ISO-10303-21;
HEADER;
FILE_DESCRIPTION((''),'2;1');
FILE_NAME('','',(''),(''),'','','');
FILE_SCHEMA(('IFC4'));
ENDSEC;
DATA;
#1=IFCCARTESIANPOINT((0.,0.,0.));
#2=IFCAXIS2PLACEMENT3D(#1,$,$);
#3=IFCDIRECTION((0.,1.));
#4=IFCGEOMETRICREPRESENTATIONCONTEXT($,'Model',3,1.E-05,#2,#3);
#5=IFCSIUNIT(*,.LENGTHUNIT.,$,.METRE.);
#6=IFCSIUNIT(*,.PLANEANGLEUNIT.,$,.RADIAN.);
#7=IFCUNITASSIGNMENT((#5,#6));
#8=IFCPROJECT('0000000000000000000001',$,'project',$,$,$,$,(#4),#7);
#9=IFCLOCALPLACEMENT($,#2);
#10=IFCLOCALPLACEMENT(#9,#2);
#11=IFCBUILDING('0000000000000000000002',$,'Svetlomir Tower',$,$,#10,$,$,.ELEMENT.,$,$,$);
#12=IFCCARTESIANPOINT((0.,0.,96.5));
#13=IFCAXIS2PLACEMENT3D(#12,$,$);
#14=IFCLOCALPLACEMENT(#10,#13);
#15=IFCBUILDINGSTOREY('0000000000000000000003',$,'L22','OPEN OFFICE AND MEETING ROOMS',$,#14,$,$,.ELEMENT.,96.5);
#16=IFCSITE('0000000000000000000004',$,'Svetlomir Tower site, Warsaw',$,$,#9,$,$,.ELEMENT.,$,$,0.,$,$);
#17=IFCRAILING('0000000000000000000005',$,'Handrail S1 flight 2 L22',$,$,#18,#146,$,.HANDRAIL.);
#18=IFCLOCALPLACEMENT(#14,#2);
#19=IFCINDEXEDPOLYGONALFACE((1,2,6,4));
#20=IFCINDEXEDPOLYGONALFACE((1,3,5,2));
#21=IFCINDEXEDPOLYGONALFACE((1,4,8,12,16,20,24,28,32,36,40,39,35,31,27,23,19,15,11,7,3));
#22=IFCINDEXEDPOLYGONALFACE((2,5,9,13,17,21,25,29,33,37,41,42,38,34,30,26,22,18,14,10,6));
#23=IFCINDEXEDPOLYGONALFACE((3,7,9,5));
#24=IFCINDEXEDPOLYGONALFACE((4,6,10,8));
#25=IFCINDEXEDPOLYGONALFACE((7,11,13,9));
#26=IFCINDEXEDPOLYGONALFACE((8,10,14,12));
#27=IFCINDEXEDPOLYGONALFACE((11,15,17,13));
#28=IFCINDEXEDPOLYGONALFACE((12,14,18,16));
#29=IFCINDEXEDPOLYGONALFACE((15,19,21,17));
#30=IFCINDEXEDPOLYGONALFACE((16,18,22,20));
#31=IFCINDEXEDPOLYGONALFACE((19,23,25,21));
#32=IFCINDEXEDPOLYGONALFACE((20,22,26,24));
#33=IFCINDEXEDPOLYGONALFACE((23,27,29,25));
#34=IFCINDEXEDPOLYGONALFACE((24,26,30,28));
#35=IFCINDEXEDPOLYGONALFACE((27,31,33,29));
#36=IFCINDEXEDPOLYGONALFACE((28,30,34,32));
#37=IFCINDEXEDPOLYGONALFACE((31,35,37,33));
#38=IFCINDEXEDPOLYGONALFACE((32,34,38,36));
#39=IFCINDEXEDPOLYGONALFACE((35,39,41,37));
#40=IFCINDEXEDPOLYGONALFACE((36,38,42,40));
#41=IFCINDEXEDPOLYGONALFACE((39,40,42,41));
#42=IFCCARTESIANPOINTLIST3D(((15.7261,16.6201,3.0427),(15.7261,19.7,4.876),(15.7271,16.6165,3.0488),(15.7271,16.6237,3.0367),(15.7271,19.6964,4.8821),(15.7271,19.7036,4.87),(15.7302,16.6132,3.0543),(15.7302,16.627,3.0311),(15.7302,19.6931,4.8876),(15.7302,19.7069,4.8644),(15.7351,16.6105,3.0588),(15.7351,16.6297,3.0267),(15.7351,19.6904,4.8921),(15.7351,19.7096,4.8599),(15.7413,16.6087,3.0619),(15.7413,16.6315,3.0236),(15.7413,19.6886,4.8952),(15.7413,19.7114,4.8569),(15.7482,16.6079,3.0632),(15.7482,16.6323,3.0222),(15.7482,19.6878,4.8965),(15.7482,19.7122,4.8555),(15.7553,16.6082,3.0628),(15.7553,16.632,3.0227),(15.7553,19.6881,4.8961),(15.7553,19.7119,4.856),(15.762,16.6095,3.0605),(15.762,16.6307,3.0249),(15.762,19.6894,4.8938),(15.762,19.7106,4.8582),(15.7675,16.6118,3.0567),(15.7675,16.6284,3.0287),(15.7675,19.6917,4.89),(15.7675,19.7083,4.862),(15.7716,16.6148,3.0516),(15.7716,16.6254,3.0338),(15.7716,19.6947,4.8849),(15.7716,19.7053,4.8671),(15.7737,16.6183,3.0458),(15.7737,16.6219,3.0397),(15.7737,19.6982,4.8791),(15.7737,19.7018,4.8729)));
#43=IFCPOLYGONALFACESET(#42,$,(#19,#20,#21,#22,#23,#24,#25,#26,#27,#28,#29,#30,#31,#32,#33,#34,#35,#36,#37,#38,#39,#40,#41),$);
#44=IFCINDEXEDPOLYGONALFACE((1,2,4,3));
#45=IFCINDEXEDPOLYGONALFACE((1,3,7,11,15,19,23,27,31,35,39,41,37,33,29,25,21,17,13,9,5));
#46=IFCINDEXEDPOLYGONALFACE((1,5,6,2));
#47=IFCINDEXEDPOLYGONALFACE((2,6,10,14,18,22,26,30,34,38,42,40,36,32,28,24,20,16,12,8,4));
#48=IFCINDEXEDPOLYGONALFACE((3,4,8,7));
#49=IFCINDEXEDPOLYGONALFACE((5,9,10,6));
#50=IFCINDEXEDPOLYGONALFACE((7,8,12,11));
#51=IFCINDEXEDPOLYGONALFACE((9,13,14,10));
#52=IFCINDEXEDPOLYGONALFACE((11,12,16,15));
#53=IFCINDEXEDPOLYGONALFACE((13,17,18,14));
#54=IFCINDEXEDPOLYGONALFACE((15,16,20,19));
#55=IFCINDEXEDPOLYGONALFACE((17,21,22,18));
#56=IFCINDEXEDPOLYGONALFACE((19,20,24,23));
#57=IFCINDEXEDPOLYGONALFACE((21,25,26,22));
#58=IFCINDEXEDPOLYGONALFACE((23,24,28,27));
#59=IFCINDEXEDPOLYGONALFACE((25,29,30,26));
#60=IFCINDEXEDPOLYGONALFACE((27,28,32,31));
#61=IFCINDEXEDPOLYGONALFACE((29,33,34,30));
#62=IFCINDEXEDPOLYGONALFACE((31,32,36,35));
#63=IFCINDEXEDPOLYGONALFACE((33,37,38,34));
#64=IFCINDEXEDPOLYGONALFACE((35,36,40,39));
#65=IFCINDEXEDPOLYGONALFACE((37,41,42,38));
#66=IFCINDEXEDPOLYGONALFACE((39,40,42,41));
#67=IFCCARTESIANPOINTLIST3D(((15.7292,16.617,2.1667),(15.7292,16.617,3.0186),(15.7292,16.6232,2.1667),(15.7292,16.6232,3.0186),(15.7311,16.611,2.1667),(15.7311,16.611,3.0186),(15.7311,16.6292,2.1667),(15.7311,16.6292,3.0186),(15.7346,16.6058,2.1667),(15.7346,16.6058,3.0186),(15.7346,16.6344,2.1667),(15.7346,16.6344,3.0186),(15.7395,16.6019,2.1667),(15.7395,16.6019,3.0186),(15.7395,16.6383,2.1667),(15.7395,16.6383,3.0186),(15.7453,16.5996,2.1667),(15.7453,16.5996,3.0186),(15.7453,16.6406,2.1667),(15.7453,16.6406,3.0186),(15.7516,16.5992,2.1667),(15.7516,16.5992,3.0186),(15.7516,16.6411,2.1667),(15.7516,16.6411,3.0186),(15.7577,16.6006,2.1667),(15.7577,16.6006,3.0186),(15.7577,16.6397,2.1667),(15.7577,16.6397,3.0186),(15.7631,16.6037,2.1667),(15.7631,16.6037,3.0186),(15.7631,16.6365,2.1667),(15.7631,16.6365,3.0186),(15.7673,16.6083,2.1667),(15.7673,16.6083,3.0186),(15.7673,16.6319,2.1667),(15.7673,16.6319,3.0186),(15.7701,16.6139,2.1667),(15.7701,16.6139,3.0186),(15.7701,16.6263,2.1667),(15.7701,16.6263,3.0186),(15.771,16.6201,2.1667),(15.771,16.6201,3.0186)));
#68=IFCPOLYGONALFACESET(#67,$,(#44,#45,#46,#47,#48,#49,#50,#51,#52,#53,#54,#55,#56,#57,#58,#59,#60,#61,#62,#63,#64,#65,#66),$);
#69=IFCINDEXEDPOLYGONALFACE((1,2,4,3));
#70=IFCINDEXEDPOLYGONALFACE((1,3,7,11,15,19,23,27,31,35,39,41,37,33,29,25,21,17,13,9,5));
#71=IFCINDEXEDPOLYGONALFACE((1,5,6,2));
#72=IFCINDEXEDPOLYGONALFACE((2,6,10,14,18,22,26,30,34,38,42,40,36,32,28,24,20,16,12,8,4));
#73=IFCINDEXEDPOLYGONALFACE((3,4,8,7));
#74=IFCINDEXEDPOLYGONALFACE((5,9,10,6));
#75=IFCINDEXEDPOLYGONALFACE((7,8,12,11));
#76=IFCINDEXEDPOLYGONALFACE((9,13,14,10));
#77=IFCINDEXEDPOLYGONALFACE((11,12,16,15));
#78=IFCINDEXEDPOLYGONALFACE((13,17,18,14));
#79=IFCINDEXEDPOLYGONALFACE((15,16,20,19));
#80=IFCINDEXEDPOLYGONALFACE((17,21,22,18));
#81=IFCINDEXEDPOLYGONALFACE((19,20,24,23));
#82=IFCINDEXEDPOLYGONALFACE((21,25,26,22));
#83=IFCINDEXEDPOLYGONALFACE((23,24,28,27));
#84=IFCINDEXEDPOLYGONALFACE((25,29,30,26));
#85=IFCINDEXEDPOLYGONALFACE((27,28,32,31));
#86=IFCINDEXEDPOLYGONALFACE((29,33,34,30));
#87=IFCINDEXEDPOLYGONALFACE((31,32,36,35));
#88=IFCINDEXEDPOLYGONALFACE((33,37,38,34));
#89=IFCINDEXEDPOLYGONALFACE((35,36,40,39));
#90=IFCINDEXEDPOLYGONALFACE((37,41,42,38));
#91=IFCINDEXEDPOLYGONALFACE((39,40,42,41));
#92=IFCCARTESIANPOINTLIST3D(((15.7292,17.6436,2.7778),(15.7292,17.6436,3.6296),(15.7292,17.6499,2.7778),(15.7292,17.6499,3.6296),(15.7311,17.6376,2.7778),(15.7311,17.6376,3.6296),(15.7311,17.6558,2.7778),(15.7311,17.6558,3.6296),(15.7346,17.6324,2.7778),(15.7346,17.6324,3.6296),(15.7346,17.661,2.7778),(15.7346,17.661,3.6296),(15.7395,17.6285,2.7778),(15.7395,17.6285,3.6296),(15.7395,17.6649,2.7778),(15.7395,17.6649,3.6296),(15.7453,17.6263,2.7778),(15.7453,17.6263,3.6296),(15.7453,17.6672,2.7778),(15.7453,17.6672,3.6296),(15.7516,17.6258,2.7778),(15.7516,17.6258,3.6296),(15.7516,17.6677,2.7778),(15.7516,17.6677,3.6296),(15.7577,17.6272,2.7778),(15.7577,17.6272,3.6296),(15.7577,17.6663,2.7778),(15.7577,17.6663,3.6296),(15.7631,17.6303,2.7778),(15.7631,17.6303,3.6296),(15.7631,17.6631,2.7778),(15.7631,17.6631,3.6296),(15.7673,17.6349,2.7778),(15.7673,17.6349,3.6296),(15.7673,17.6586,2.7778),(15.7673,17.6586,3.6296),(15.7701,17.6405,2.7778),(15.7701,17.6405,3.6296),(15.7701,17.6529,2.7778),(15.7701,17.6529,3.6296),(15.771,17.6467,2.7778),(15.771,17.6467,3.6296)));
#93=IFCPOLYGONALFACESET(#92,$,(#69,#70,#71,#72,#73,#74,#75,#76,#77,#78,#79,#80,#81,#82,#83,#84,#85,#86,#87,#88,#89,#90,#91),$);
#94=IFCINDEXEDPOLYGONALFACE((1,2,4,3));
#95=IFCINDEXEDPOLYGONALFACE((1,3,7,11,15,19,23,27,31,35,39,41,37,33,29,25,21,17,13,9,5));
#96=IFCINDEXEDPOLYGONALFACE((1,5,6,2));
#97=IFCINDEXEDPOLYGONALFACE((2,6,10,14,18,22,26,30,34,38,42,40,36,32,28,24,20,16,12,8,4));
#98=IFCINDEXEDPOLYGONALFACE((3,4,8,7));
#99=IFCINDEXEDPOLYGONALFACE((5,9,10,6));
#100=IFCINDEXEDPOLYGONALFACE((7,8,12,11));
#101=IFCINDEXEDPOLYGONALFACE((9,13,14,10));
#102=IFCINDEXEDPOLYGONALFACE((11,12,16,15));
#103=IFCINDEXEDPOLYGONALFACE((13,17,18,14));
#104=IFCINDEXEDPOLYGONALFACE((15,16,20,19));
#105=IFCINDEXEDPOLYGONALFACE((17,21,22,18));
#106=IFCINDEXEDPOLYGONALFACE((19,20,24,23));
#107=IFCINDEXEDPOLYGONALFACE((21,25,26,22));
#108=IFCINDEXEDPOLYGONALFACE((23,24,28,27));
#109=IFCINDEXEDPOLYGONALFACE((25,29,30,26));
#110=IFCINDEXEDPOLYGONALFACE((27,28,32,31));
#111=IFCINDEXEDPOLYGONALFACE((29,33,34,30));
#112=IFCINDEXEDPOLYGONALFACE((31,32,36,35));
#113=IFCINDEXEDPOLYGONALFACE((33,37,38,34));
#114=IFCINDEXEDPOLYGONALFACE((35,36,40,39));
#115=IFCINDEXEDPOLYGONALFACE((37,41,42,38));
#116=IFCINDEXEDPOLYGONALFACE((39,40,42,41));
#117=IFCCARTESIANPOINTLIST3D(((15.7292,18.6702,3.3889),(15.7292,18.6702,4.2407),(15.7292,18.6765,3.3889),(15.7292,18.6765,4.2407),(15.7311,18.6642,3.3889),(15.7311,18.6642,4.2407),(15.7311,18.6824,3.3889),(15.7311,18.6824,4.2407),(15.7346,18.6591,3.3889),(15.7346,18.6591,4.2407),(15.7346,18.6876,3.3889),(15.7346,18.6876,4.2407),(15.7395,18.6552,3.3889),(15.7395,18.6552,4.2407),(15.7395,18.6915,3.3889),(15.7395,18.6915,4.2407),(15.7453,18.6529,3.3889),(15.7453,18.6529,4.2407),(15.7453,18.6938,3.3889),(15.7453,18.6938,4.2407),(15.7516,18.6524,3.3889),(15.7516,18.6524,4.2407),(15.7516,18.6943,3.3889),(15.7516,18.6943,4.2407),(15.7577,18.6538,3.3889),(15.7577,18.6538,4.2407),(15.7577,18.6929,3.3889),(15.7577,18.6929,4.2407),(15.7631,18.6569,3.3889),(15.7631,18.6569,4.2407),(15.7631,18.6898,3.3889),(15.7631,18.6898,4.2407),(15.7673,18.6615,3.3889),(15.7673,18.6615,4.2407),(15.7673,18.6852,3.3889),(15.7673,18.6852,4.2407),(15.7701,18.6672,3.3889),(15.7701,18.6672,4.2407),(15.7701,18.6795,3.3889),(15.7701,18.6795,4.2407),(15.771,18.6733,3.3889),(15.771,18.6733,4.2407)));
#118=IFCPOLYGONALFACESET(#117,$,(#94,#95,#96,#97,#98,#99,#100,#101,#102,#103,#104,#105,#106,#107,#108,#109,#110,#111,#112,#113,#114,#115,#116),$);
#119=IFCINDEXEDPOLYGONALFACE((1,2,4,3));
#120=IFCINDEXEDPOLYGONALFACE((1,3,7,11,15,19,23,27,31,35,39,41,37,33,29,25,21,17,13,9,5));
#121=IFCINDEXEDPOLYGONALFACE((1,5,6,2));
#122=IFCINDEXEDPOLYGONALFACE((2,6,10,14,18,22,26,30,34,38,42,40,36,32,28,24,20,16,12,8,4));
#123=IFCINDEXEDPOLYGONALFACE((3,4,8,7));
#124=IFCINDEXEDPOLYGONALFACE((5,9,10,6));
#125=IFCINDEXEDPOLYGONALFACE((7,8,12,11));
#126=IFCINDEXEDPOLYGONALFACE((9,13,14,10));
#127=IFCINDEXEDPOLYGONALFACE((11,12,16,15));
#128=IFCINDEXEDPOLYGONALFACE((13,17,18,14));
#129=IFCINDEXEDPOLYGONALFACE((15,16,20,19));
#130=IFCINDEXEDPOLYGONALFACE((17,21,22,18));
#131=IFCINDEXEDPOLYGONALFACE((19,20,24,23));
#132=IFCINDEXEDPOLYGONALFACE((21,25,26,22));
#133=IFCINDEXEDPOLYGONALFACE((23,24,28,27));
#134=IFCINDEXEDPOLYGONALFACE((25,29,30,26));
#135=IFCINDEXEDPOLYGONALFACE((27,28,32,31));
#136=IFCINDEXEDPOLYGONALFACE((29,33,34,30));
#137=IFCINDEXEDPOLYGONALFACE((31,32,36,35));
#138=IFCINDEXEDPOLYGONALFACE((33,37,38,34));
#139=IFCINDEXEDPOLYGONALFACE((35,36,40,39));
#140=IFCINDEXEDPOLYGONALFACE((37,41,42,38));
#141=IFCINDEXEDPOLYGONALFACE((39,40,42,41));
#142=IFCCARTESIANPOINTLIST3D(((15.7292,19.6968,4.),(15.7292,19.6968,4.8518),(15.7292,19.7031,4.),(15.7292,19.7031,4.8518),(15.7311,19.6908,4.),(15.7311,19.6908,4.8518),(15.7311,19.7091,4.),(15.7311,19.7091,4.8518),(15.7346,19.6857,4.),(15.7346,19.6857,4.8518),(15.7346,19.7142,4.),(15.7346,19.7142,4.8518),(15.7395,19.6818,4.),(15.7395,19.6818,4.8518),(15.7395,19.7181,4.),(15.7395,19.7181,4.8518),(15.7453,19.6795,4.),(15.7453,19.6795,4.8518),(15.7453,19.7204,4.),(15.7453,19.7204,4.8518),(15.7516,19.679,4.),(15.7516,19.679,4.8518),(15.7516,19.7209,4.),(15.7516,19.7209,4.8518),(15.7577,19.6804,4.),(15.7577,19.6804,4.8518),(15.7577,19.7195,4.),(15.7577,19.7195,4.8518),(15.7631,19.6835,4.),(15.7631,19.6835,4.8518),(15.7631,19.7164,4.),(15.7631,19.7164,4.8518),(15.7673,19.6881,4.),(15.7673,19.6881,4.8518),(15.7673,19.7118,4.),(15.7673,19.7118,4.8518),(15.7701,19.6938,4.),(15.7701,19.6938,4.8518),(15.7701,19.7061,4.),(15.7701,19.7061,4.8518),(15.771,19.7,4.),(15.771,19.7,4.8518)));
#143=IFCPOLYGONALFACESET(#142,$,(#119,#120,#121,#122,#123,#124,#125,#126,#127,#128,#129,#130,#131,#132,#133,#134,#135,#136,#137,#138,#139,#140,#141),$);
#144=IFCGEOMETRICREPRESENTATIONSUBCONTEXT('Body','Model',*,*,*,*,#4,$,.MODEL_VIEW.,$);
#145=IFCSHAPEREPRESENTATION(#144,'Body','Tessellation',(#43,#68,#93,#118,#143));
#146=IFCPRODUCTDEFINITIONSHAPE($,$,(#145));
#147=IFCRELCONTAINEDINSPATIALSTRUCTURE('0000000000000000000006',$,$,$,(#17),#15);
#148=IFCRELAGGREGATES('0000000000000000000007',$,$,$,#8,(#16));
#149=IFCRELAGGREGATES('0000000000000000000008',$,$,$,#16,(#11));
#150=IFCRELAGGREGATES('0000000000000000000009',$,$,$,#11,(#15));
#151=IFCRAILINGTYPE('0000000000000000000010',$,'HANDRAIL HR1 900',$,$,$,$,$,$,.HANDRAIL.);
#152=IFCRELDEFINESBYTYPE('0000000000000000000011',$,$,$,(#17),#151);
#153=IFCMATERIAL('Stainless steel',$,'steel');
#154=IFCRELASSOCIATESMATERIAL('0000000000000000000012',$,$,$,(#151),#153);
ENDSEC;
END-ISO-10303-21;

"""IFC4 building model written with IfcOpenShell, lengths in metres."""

from ifc_helpers import new_model, si_unit, direction, frame, origin, origin_2d, place, context, subcontext, project, spatial, circle, extrude, material, type_object, element, save


model = new_model("IFC4")

# Units and contexts
model_context = context("Model", 3, precision=1e-05, world=origin(), true_north=direction((0.0, 1.0)))
body_context = subcontext(model_context, "Body", "Model", "MODEL_VIEW")
ifc_project = project(units=[si_unit("LENGTHUNIT", "METRE"), si_unit("PLANEANGLEUNIT", "RADIAN")], contexts=[model_context])

# Site, building, storey
site_placement = place(None, origin())
site = spatial("IfcSite", under=ifc_project, at=site_placement, Name="Svetlomir Tower site, Warsaw", CompositionType="ELEMENT", RefElevation=0.0)
building_placement = place(site_placement, origin())
building = spatial("IfcBuilding", under=site, at=building_placement, Name="Svetlomir Tower", CompositionType="ELEMENT")
storey_placement = place(building_placement, frame((0.0, 0.0, 96.5)))
storey = spatial("IfcBuildingStorey", under=building, at=storey_placement, Name="L22", Description="OPEN OFFICE AND MEETING ROOMS", CompositionType="ELEMENT", Elevation=96.5)

# Railing
ifc_material_1 = material(Name="Stainless steel", Category="steel")
railing_type = type_object("IfcRailingType", Name="HANDRAIL HR1 900", PredefinedType="HANDRAIL", material=ifc_material_1)
railing_placement = place(storey_placement, frame((15.75, 16.6201, 2.1667)))
element("IfcRailing", 1, at=railing_placement, inside=storey, type_object=railing_type, Name="Handrail S1 flight 2 L22", PredefinedType="HANDRAIL", context=body_context, shape_type="SweptSolid", body=[
    extrude(circle(Radius=0.0239, at=origin_2d()), frame((0.0, 0.0, 0.876), z_axis=(0.0, 0.859291, 0.511487), x_axis=(-1.0, 0.0, 0.0)), (0.0, 0.0, 1.0), 3.5842),
    extrude(circle(Radius=0.021, at=origin_2d()), origin(), (0.0, 0.0, 1.0), 0.8518),
    extrude(circle(Radius=0.021, at=origin_2d()), frame((0.0, 1.0266, 0.6111)), (0.0, 0.0, 1.0), 0.8518),
    extrude(circle(Radius=0.021, at=origin_2d()), frame((0.0, 2.0532, 1.2222)), (0.0, 0.0, 1.0), 0.8518),
    extrude(circle(Radius=0.021, at=origin_2d()), frame((0.0, 3.0798, 1.8333)), (0.0, 0.0, 1.0), 0.8518),
])

save(model, "model.ifc")
